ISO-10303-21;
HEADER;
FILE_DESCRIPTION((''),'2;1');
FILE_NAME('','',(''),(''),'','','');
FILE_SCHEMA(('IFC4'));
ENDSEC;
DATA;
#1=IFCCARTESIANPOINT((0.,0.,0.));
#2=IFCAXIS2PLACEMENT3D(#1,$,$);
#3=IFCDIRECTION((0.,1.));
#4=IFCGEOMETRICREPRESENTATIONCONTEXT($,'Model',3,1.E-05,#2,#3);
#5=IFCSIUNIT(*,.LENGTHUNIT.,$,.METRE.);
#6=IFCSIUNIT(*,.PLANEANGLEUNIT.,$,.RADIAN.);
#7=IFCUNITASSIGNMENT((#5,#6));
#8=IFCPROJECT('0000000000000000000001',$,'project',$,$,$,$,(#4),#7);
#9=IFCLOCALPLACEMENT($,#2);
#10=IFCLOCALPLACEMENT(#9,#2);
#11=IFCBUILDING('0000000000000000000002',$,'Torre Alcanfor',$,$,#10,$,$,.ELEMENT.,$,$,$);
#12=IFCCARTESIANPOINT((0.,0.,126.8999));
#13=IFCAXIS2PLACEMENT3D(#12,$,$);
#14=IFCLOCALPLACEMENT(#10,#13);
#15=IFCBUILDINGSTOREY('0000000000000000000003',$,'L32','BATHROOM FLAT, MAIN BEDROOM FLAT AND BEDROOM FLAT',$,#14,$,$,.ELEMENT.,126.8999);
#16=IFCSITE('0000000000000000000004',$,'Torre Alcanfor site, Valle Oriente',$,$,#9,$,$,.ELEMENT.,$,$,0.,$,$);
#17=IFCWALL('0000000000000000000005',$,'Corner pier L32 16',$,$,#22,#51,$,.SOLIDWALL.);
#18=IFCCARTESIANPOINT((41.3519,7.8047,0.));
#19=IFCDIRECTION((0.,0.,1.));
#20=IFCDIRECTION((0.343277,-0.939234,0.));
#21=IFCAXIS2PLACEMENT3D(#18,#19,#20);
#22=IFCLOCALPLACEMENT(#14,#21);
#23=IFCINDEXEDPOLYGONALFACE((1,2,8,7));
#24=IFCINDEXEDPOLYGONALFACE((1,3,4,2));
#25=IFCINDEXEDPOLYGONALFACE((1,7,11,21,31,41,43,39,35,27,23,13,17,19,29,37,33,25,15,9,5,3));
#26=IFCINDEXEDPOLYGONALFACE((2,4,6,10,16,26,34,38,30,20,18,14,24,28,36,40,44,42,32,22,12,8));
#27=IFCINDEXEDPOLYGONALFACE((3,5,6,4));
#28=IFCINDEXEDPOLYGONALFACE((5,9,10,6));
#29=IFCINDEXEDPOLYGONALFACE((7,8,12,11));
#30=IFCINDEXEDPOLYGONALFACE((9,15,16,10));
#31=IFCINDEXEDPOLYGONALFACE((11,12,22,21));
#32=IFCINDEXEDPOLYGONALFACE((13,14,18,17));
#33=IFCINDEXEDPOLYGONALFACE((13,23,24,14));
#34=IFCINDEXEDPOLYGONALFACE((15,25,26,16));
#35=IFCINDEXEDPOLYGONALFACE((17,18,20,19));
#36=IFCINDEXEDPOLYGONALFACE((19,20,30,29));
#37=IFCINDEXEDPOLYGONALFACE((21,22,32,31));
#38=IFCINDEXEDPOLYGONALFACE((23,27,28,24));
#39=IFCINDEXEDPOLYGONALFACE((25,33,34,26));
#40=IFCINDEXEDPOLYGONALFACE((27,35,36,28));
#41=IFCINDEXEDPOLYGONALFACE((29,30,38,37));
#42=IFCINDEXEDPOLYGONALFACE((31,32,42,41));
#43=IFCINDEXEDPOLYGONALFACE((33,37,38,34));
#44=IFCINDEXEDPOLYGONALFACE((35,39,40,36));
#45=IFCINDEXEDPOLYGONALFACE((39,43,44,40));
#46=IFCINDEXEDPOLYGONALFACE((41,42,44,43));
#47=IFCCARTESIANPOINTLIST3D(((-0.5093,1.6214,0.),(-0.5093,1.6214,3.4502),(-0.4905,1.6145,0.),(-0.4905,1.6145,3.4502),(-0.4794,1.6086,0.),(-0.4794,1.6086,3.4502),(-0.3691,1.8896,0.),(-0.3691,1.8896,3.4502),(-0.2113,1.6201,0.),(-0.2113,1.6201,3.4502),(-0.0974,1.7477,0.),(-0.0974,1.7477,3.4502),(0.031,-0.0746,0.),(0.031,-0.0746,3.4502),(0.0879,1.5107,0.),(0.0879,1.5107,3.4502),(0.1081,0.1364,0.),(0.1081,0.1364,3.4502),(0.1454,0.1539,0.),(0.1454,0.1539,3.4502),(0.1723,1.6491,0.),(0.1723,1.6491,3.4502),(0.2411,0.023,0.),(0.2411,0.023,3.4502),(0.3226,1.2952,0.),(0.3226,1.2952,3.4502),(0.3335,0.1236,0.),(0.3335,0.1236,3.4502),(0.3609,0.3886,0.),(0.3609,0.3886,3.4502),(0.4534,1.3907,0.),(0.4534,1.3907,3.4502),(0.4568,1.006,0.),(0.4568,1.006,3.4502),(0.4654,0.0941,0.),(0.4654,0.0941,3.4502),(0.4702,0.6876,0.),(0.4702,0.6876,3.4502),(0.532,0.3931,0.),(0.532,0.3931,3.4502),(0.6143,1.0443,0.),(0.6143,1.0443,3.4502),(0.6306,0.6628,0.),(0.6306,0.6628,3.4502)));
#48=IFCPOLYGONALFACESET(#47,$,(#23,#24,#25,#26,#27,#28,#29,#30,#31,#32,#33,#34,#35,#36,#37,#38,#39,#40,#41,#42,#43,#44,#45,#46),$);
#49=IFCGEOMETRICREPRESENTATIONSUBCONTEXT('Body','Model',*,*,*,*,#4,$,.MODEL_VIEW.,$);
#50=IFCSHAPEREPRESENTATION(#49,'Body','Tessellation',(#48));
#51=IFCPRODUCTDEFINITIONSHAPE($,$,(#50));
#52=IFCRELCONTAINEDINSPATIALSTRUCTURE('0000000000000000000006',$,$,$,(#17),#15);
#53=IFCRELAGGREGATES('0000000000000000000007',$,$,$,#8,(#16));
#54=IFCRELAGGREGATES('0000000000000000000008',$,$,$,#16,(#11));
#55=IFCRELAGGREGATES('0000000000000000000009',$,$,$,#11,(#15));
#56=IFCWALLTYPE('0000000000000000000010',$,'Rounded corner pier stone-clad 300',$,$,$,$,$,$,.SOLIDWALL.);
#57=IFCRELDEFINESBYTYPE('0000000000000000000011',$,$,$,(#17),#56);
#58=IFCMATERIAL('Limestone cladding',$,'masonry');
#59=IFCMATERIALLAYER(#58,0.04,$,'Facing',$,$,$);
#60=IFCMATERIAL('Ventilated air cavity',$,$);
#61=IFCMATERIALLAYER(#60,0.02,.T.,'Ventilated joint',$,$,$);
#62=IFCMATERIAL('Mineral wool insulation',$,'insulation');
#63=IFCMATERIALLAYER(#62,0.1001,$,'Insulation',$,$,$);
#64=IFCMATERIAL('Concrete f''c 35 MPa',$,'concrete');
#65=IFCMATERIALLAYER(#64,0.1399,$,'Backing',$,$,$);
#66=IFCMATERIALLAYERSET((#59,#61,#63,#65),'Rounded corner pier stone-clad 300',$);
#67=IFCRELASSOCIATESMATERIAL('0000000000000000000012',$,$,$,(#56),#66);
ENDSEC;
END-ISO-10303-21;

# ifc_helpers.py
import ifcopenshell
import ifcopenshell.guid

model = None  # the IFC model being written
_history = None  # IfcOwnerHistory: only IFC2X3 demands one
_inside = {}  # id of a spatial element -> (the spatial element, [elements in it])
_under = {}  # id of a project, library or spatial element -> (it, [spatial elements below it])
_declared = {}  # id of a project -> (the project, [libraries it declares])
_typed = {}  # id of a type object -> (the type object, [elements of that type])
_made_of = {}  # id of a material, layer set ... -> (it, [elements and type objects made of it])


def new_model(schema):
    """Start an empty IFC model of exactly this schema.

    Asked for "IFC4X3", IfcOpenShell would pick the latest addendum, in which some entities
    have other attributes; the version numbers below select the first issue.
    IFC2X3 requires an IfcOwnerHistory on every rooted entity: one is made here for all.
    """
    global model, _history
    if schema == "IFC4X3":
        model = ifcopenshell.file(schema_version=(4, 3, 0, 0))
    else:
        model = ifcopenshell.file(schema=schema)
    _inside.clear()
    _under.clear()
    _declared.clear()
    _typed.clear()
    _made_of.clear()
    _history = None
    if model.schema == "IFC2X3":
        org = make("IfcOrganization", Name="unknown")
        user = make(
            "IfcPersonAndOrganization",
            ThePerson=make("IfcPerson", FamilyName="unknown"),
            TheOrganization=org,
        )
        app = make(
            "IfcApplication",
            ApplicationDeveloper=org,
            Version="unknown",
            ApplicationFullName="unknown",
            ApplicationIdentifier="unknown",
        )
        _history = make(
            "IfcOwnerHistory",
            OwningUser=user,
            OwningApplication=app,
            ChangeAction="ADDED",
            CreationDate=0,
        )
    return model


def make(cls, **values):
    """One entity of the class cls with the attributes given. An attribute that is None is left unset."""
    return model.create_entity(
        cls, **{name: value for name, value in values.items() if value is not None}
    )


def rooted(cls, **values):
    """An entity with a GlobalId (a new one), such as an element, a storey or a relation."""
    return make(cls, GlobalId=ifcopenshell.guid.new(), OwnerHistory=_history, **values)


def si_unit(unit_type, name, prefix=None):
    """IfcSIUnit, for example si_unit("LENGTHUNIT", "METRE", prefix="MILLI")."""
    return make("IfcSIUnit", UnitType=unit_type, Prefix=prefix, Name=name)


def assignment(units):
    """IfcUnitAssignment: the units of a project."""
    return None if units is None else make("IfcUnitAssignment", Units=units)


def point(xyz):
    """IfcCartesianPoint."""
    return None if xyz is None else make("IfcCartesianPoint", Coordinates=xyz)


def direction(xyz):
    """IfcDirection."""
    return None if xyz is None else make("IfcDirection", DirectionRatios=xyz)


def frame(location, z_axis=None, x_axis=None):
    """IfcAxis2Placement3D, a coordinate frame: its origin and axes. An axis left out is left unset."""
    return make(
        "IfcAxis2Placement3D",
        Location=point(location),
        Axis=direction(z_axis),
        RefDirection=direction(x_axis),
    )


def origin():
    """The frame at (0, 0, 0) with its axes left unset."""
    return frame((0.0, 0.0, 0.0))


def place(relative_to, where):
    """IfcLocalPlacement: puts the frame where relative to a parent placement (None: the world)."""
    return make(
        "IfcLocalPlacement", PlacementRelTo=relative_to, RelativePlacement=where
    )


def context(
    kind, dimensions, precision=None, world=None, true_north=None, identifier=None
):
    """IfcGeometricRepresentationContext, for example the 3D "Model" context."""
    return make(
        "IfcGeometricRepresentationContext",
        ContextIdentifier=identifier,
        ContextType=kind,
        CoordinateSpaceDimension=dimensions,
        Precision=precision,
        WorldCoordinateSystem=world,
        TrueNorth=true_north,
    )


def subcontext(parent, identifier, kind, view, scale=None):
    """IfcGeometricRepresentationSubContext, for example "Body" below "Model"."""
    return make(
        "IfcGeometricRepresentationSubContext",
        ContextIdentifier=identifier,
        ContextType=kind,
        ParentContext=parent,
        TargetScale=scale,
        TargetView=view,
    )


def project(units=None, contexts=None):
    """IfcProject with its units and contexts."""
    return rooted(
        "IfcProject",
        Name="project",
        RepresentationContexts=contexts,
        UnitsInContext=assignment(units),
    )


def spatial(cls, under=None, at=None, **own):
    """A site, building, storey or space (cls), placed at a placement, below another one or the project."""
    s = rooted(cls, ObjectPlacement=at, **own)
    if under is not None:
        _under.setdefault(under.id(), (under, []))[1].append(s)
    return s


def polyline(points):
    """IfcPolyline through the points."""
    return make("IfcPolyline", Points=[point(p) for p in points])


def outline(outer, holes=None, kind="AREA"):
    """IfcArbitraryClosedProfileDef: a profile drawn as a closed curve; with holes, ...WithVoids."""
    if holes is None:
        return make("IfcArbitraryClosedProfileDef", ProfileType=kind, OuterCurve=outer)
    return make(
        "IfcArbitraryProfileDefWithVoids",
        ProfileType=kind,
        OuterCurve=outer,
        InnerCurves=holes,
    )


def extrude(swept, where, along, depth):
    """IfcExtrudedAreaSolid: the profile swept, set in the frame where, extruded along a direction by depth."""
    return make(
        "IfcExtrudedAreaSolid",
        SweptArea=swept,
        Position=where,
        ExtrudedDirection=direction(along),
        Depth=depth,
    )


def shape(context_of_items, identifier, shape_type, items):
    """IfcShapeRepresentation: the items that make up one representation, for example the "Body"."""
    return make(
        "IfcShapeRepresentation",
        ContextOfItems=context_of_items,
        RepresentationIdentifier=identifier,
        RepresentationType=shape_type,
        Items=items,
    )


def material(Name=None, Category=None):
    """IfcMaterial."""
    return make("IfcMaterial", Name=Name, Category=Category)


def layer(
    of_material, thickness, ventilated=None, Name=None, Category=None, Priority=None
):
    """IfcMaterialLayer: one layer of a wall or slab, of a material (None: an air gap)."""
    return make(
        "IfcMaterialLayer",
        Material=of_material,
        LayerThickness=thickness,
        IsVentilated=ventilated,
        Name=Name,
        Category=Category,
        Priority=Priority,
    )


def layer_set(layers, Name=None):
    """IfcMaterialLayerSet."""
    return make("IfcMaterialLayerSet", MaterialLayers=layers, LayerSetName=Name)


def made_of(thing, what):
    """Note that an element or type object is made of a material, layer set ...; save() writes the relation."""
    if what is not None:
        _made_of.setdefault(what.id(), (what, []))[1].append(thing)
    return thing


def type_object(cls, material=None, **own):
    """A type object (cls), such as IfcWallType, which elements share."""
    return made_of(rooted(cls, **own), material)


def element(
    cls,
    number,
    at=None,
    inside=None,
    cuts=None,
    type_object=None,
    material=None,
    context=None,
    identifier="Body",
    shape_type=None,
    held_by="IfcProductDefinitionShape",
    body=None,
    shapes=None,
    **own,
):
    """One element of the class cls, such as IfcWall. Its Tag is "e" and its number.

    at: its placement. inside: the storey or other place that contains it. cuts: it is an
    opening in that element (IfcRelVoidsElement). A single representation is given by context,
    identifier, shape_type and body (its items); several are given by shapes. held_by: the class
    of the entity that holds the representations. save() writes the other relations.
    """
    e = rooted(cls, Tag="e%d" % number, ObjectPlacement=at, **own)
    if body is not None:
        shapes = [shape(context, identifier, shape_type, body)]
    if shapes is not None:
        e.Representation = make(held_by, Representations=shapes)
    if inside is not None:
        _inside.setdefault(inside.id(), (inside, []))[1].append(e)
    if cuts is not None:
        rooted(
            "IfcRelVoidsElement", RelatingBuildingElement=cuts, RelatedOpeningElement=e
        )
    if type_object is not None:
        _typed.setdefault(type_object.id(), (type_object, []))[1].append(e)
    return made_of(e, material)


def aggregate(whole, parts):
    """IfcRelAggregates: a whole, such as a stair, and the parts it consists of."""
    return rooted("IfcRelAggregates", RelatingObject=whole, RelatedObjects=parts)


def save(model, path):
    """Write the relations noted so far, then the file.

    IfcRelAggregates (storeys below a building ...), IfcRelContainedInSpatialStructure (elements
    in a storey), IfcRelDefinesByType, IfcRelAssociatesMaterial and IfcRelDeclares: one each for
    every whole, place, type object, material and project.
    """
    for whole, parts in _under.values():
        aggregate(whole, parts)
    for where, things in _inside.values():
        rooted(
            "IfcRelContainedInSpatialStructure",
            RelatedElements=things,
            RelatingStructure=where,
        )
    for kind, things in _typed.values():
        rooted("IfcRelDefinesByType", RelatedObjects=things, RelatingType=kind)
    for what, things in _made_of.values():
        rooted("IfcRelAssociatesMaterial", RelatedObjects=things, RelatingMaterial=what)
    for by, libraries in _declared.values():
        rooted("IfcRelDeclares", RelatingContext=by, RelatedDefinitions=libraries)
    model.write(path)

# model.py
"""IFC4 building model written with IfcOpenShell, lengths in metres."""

from ifc_helpers import new_model, si_unit, direction, frame, origin, place, context, subcontext, project, spatial, polyline, outline, extrude, material, layer, layer_set, type_object, element, save


model = new_model("IFC4")

# Units and contexts
model_context = context("Model", 3, precision=1e-05, world=origin(), true_north=direction((0.0, 1.0)))
body_context = subcontext(model_context, "Body", "Model", "MODEL_VIEW")
ifc_project = project(units=[si_unit("LENGTHUNIT", "METRE"), si_unit("PLANEANGLEUNIT", "RADIAN")], contexts=[model_context])

# Site, building, storey
site_placement = place(None, origin())
site = spatial("IfcSite", under=ifc_project, at=site_placement, Name="Torre Alcanfor site, Valle Oriente", CompositionType="ELEMENT", RefElevation=0.0)
building_placement = place(site_placement, origin())
building = spatial("IfcBuilding", under=site, at=building_placement, Name="Torre Alcanfor", CompositionType="ELEMENT")
storey_placement = place(building_placement, frame((0.0, 0.0, 126.8999)))
storey = spatial("IfcBuildingStorey", under=building, at=storey_placement, Name="L32", Description="BATHROOM FLAT, MAIN BEDROOM FLAT AND BEDROOM FLAT", CompositionType="ELEMENT", Elevation=126.8999)

# Wall
ifc_material_1 = material(Name="Limestone cladding", Category="masonry")
ifc_layer_1 = layer(ifc_material_1, 0.04, Name="Facing")
ifc_material_2 = material(Name="Ventilated air cavity")
ifc_layer_2 = layer(ifc_material_2, 0.02, ventilated=True, Name="Ventilated joint")
ifc_material_3 = material(Name="Mineral wool insulation", Category="insulation")
ifc_layer_3 = layer(ifc_material_3, 0.1001, Name="Insulation")
ifc_material_4 = material(Name="Concrete f'c 35 MPa", Category="concrete")
ifc_layer_4 = layer(ifc_material_4, 0.1399, Name="Backing")
ifc_layer_set_1 = layer_set([ifc_layer_1, ifc_layer_2, ifc_layer_3, ifc_layer_4], Name="Rounded corner pier stone-clad 300")
wall_type_1 = type_object("IfcWallType", Name="Rounded corner pier stone-clad 300", PredefinedType="SOLIDWALL", material=ifc_layer_set_1)
wall_1_placement = place(storey_placement, frame((41.3519, 7.8047, 0.0), z_axis=(0.0, 0.0, 1.0), x_axis=(0.343277, -0.939234, 0.0)))
element("IfcWall", 1, at=wall_1_placement, inside=storey, type_object=wall_type_1, Name="Corner pier L32 16", PredefinedType="SOLIDWALL", context=body_context, shape_type="SweptSolid", body=[
    extrude(outline(polyline([(-0.3691, 1.8896), (-0.5093, 1.6214), (-0.4905, 1.6145), (-0.4794, 1.6086), (-0.2113, 1.6201), (0.0879, 1.5107), (0.3226, 1.2952), (0.4568, 1.006), (0.4702, 0.6876), (0.3609, 0.3886), (0.1454, 0.1539), (0.1081, 0.1364), (0.031, -0.0746), (0.2411, 0.023), (0.3335, 0.1236), (0.4654, 0.0941), (0.532, 0.3931), (0.6306, 0.6628), (0.6143, 1.0443), (0.4534, 1.3907), (0.1723, 1.6491), (-0.0974, 1.7477), (-0.3691, 1.8896)])), origin(), (0.0, 0.0, 1.0), 3.4502),
])

save(model, "model.ifc")
